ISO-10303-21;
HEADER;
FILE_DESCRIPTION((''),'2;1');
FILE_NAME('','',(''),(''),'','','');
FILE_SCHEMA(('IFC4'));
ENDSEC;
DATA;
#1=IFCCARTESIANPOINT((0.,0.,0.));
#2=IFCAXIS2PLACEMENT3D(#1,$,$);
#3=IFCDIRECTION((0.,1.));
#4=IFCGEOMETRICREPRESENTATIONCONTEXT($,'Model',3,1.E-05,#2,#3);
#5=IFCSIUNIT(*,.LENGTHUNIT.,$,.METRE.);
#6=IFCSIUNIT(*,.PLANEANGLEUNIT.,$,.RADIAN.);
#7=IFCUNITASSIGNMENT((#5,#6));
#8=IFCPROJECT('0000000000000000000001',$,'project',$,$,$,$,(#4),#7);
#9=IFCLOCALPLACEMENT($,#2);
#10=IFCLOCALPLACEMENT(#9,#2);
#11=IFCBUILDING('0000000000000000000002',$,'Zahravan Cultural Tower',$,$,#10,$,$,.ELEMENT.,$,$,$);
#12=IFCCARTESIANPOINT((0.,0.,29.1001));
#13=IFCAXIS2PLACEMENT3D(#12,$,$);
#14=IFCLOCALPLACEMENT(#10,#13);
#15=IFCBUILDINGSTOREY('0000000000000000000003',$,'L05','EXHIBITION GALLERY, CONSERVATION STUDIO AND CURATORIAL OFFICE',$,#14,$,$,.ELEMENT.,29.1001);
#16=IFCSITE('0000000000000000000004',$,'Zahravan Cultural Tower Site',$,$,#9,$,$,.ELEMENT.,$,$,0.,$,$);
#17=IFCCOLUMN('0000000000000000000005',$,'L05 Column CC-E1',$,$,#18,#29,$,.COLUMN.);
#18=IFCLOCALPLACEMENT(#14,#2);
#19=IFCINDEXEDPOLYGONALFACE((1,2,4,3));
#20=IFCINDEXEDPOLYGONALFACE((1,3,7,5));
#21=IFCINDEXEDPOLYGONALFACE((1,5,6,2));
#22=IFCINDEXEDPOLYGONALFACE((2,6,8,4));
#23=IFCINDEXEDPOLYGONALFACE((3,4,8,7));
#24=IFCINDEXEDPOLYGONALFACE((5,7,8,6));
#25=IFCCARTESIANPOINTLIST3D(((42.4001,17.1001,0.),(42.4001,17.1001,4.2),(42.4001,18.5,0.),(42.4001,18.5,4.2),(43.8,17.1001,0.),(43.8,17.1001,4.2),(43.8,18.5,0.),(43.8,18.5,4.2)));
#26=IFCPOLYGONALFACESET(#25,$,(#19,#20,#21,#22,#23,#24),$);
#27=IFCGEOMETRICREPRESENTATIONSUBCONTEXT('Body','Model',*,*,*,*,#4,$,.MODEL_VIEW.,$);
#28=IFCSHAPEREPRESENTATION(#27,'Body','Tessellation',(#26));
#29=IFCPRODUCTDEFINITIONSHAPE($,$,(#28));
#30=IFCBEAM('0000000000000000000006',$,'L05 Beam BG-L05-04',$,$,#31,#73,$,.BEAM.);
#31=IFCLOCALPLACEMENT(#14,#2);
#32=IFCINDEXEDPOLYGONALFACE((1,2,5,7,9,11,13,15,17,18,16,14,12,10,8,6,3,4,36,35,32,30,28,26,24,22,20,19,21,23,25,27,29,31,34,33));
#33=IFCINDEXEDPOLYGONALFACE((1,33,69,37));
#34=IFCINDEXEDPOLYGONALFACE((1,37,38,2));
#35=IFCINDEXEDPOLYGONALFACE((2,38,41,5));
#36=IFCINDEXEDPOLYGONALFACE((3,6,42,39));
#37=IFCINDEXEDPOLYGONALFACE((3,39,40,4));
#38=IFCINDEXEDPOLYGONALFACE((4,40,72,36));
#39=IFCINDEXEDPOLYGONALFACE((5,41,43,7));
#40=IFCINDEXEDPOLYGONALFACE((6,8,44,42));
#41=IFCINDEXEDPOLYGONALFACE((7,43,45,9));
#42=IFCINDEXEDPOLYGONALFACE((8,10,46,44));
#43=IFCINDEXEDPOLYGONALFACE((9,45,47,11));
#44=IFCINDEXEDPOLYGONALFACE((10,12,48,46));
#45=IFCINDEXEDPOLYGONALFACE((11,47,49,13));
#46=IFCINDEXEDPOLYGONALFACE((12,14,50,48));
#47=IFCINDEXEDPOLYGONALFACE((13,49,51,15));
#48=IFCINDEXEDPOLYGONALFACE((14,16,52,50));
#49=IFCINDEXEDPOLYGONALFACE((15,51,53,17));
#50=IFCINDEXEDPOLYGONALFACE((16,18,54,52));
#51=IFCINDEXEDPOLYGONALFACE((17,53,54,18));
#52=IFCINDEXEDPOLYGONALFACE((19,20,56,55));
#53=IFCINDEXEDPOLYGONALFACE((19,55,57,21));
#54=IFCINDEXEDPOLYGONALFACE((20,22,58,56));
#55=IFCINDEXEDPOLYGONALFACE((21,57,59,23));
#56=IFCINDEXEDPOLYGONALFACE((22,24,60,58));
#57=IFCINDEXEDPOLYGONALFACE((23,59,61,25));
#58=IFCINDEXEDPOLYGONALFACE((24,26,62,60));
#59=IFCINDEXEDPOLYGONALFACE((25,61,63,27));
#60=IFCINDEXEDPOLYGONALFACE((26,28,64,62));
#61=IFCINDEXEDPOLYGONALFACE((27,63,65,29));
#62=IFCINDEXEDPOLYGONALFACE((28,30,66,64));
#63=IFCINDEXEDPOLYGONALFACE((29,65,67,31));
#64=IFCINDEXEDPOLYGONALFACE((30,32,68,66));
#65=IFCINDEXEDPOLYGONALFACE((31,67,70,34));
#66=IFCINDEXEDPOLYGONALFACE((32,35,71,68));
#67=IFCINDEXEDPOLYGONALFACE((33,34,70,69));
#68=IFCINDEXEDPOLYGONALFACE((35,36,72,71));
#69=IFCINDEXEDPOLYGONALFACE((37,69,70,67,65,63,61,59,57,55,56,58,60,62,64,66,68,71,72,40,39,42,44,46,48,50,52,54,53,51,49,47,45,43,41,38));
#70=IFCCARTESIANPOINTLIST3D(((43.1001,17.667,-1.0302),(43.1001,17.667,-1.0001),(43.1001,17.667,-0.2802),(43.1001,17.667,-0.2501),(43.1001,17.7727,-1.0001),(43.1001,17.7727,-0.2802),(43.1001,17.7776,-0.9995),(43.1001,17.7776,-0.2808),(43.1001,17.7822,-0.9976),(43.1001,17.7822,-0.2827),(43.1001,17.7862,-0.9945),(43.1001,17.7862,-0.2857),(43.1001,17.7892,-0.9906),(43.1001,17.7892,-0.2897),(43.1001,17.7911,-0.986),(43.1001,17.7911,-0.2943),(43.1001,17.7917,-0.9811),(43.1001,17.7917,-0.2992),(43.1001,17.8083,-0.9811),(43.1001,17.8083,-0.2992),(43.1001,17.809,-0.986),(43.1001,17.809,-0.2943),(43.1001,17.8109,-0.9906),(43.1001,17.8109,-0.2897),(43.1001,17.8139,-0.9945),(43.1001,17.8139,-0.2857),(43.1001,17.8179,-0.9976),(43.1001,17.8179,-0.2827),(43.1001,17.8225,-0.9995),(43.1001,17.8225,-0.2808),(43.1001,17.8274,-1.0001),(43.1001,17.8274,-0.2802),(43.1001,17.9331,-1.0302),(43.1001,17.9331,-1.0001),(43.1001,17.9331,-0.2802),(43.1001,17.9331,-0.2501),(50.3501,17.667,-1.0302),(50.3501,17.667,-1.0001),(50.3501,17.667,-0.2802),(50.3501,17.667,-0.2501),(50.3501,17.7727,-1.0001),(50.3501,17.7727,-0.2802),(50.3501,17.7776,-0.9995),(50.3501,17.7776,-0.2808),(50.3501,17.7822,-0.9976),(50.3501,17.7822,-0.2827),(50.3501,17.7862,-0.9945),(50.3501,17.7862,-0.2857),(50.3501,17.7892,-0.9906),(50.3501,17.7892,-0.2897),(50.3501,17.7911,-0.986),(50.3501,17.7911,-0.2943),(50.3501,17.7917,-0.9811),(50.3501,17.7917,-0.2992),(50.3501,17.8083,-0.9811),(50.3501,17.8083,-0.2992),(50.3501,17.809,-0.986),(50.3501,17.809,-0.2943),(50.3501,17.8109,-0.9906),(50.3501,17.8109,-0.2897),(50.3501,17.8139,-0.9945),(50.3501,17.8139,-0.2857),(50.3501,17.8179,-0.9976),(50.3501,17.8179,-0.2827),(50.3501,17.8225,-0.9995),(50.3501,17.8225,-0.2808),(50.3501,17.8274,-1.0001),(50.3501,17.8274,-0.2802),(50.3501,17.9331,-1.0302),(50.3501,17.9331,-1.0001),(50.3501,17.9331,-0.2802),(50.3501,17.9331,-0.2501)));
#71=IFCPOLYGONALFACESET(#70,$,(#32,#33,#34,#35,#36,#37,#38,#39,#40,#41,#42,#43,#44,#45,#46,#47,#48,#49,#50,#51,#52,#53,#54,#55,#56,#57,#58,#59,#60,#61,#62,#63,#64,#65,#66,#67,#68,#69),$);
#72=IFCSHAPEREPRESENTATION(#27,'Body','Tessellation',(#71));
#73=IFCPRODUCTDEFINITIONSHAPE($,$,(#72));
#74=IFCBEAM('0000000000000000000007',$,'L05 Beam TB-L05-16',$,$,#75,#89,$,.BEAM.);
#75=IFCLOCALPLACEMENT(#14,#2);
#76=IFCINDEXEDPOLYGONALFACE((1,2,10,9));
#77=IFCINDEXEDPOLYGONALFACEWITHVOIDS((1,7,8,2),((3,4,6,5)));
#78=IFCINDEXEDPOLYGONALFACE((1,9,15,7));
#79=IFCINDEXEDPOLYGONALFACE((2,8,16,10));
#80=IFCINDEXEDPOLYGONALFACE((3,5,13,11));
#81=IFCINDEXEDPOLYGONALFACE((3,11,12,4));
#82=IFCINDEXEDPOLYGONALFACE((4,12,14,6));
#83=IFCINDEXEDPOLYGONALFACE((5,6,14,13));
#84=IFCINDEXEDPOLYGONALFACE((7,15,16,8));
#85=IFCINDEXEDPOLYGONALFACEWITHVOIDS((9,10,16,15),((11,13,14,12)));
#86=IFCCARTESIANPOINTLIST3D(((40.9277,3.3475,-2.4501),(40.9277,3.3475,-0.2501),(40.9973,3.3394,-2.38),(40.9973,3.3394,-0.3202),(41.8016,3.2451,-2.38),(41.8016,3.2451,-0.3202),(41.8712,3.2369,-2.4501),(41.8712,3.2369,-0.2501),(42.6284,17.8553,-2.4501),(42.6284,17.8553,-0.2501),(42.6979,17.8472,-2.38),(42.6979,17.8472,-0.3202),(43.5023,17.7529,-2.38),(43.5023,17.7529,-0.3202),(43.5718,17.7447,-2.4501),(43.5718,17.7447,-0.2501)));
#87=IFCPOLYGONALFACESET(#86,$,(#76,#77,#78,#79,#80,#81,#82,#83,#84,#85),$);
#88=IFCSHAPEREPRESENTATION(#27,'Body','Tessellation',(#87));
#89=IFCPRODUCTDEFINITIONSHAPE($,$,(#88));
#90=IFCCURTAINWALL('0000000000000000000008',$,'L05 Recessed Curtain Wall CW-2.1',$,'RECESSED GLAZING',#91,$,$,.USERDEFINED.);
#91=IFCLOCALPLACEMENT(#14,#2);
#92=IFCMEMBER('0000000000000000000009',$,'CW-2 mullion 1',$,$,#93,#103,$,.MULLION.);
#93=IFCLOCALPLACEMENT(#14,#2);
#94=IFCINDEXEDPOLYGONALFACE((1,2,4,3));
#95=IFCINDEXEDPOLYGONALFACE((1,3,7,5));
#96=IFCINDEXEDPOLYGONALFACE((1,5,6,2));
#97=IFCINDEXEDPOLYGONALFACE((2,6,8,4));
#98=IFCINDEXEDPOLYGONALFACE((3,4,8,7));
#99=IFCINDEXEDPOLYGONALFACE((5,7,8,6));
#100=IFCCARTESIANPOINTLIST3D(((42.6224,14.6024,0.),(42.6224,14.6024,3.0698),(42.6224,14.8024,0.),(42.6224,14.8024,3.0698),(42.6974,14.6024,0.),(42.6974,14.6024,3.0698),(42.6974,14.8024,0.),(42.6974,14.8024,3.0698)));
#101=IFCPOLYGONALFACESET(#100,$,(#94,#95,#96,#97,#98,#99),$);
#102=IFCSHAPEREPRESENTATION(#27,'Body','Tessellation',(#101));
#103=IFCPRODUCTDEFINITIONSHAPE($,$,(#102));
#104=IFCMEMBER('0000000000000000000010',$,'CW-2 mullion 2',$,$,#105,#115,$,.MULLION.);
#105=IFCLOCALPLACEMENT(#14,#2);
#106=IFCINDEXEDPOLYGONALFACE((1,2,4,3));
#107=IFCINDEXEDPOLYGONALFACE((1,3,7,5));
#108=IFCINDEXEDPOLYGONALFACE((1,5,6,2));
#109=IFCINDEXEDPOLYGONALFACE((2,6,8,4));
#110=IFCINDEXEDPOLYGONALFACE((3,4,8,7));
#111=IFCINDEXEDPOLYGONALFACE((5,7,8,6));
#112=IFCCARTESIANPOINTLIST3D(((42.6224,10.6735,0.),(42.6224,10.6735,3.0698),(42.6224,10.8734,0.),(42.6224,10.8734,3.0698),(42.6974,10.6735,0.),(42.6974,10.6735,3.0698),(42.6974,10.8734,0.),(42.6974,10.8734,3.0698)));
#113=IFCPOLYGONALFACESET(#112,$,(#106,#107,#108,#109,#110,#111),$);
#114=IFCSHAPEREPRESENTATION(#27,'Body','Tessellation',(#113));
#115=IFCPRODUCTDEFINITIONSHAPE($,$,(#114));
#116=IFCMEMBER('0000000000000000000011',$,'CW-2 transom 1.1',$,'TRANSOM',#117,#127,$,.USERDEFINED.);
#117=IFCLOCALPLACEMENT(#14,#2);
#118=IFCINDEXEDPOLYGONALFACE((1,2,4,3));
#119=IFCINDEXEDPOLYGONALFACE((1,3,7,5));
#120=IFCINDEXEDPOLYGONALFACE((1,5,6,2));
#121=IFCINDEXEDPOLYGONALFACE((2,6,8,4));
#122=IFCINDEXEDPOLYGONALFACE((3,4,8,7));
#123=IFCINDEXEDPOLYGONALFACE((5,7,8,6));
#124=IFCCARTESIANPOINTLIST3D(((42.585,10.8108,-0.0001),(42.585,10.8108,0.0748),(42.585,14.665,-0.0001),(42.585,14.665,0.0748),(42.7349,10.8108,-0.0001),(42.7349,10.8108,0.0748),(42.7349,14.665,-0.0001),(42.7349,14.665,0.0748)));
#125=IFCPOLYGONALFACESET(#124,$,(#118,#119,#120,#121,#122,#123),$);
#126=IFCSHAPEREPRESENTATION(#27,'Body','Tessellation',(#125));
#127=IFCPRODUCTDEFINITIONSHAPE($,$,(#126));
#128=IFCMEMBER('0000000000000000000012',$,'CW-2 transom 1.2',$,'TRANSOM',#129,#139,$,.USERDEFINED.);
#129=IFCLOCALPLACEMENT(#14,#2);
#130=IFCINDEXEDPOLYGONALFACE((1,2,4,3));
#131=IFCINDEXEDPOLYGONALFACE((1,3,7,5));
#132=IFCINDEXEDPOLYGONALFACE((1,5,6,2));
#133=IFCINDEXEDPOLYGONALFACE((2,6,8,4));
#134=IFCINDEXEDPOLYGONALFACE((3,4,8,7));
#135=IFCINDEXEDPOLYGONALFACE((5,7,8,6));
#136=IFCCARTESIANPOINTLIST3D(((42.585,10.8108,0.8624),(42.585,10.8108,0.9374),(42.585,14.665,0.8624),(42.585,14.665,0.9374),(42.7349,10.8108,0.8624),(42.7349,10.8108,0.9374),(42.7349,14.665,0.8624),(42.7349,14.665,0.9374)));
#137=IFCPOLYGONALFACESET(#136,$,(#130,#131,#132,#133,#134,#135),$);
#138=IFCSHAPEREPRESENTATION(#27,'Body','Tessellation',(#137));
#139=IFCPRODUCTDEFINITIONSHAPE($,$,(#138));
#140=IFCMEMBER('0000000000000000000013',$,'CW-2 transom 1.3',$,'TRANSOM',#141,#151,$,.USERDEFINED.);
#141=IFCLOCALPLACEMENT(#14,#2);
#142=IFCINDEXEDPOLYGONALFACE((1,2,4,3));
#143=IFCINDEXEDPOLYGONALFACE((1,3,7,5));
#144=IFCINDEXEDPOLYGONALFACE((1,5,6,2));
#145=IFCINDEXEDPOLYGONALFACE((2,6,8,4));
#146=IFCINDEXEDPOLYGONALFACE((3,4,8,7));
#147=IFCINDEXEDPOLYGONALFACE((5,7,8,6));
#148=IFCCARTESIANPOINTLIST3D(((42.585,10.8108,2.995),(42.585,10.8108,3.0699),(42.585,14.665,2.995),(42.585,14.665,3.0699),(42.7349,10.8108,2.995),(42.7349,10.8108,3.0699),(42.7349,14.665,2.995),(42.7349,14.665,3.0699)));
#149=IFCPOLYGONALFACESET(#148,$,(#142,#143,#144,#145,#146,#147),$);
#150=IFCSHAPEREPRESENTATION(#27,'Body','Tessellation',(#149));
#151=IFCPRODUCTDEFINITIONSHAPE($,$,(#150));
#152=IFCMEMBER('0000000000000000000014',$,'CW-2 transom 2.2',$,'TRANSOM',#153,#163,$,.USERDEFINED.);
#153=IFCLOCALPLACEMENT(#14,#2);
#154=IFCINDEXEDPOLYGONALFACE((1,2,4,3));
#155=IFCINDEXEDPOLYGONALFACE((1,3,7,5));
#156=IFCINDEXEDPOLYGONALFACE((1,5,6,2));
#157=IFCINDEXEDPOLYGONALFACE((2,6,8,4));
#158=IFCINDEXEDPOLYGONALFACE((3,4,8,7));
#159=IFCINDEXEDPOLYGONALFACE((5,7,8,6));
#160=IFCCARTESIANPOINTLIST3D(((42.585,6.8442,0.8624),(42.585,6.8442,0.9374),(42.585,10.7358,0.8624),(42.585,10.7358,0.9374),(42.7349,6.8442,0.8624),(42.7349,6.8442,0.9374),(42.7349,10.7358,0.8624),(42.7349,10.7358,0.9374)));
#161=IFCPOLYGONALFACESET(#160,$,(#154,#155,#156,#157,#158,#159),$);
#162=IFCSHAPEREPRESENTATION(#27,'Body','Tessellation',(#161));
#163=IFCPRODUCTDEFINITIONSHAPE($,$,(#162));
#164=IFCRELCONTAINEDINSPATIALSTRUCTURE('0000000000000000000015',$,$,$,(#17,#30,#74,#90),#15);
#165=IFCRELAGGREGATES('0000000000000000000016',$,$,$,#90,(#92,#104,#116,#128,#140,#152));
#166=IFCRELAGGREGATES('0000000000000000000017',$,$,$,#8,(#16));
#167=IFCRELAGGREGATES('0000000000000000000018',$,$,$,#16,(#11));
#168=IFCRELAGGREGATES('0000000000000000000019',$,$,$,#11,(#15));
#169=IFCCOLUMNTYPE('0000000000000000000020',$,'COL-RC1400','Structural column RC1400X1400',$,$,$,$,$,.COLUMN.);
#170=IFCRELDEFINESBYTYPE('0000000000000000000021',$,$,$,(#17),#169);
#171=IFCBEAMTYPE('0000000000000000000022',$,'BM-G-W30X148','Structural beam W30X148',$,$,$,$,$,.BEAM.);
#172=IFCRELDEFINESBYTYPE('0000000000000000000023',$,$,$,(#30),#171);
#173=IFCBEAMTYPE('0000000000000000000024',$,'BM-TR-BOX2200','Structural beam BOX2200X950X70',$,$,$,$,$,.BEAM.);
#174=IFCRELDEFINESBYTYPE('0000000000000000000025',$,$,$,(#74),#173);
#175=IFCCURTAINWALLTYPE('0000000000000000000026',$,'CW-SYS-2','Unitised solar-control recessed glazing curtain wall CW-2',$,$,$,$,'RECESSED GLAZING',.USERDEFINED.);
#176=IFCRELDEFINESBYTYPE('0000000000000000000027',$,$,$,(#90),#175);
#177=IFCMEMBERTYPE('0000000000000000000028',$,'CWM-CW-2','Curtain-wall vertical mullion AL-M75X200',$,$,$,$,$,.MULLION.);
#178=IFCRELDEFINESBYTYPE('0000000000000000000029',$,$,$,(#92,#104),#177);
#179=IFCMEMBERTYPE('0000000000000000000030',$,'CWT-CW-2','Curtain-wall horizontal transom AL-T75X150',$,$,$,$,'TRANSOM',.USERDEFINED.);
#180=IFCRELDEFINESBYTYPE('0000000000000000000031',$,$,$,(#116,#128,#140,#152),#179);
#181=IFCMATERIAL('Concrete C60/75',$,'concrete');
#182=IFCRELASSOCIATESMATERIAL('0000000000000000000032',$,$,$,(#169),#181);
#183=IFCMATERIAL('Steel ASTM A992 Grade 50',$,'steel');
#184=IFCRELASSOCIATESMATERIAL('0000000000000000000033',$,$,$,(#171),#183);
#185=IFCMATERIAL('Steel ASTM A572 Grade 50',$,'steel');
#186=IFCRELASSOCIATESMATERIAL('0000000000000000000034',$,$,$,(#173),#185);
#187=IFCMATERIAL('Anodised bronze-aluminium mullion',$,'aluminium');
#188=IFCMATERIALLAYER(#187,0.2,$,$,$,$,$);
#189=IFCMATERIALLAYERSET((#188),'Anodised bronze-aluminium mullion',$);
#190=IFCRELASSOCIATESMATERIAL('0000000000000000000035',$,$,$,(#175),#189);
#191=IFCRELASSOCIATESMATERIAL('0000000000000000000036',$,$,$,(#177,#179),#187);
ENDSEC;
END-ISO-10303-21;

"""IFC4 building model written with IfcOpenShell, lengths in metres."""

from ifc_helpers import new_model, si_unit, direction, frame, origin, origin_2d, place, context, subcontext, project, spatial, rectangle, hollow_rectangle, i_section, extrude, source, transform, mapped, material, layer, layer_set, material_profile, profile_set, type_object, element, aggregate, save


model = new_model("IFC4")

# Units and contexts
model_context = context("Model", 3, precision=1e-05, world=origin(), true_north=direction((0.0, 1.0)))
body_context = subcontext(model_context, "Body", "Model", "MODEL_VIEW")
ifc_project = project(units=[si_unit("LENGTHUNIT", "METRE"), si_unit("PLANEANGLEUNIT", "RADIAN")], contexts=[model_context])

# Site, building, storey
site_placement = place(None, origin())
site = spatial("IfcSite", under=ifc_project, at=site_placement, Name="Zahravan Cultural Tower Site", CompositionType="ELEMENT", RefElevation=0.0)
building_placement = place(site_placement, origin())
building = spatial("IfcBuilding", under=site, at=building_placement, Name="Zahravan Cultural Tower", CompositionType="ELEMENT")
storey_placement = place(building_placement, frame((0.0, 0.0, 29.1001)))
storey = spatial("IfcBuildingStorey", under=building, at=storey_placement, Name="L05", Description="EXHIBITION GALLERY, CONSERVATION STUDIO AND CURATORIAL OFFICE", CompositionType="ELEMENT", Elevation=29.1001)

# Column
ifc_material_1 = material(Name="Concrete C60/75", Category="concrete")
ifc_material_profile_1 = material_profile(ifc_material_1, rectangle(XDim=1.3999, YDim=1.3999, at=origin_2d()), Name="RC1400X1400")
ifc_profile_set_1 = profile_set([ifc_material_profile_1], Name="Concrete C60/75")
column_type = type_object("IfcColumnType", Name="COL-RC1400", Description="Structural column RC1400X1400", PredefinedType="COLUMN", material=ifc_profile_set_1)
shared_shape_1 = source(origin(), body_context, "Body", "SweptSolid", [
    extrude(rectangle(XDim=1.3999, YDim=1.3999, at=origin_2d()), origin(), (0.0, 0.0, 1.0), 4.2),
])
column_placement = place(storey_placement, frame((43.1001, 17.8, 0.0), z_axis=(0.0, 0.0, 1.0), x_axis=(1.0, 0.0, 0.0)))
element("IfcColumn", 1, at=column_placement, inside=storey, type_object=column_type, Name="L05 Column CC-E1", PredefinedType="COLUMN", context=body_context, shape_type="MappedRepresentation", body=[
    mapped(shared_shape_1, transform((0.0, 0.0, 0.0), x_axis=(1.0, 0.0, 0.0), y_axis=(0.0, 1.0, 0.0), z_axis=(0.0, 0.0, 1.0), scale=1.0)),
])

# Beams
ifc_material_2 = material(Name="Steel ASTM A992 Grade 50", Category="steel")
ifc_material_profile_2 = material_profile(ifc_material_2, i_section(OverallWidth=0.2661, OverallDepth=0.78, WebThickness=0.0166, FlangeThickness=0.03, FilletRadius=0.019, at=origin_2d()), Name="W30X148")
ifc_profile_set_2 = profile_set([ifc_material_profile_2], Name="Steel ASTM A992 Grade 50")
beam_type_1 = type_object("IfcBeamType", Name="BM-G-W30X148", Description="Structural beam W30X148", PredefinedType="BEAM", material=ifc_profile_set_2)
shared_shape_2 = source(origin(), body_context, "Body", "SweptSolid", [
    extrude(i_section(OverallWidth=0.2661, OverallDepth=0.78, WebThickness=0.0166, FlangeThickness=0.03, FilletRadius=0.019, at=origin_2d()), origin(), (0.0, 0.0, 1.0), 7.25),
])
beam_1_placement = place(storey_placement, frame((43.1001, 17.8, -0.6401), z_axis=(1.0, 0.0, 0.0), x_axis=(0.0, 1.0, 0.0)))
element("IfcBeam", 2, at=beam_1_placement, inside=storey, type_object=beam_type_1, Name="L05 Beam BG-L05-04", PredefinedType="BEAM", context=body_context, shape_type="MappedRepresentation", body=[
    mapped(shared_shape_2, transform((0.0, 0.0, 0.0), x_axis=(1.0, 0.0, 0.0), y_axis=(0.0, 1.0, 0.0), z_axis=(0.0, 0.0, 1.0), scale=1.0)),
])
ifc_material_3 = material(Name="Steel ASTM A572 Grade 50", Category="steel")
ifc_material_profile_3 = material_profile(ifc_material_3, hollow_rectangle(XDim=0.95, YDim=2.2, WallThickness=0.0701, at=origin_2d()), Name="BOX2200X950X70")
ifc_profile_set_3 = profile_set([ifc_material_profile_3], Name="Steel ASTM A572 Grade 50")
beam_type_2 = type_object("IfcBeamType", Name="BM-TR-BOX2200", Description="Structural beam BOX2200X950X70", PredefinedType="BEAM", material=ifc_profile_set_3)
shared_shape_3 = source(origin(), body_context, "Body", "SweptSolid", [
    extrude(hollow_rectangle(XDim=0.95, YDim=2.2, WallThickness=0.0701, at=origin_2d()), origin(), (0.0, 0.0, 1.0), 14.6072),
])
beam_2_placement = place(storey_placement, frame((43.1001, 17.8, -1.3501), z_axis=(-0.116428, -0.993199, 0.0), x_axis=(0.993199, -0.116428, 0.0)))
element("IfcBeam", 3, at=beam_2_placement, inside=storey, type_object=beam_type_2, Name="L05 Beam TB-L05-16", PredefinedType="BEAM", context=body_context, shape_type="MappedRepresentation", body=[
    mapped(shared_shape_3, transform((0.0, 0.0, 0.0), x_axis=(1.0, 0.0, 0.0), y_axis=(0.0, 1.0, 0.0), z_axis=(0.0, 0.0, 1.0), scale=1.0)),
])

# Curtain wall, members
ifc_material_4 = material(Name="Anodised bronze-aluminium mullion", Category="aluminium")
ifc_layer_1 = layer(ifc_material_4, 0.2)
ifc_layer_set_1 = layer_set([ifc_layer_1], Name="Anodised bronze-aluminium mullion")
curtain_wall_type = type_object("IfcCurtainWallType", Name="CW-SYS-2", Description="Unitised solar-control recessed glazing curtain wall CW-2", ElementType="RECESSED GLAZING", PredefinedType="USERDEFINED", material=ifc_layer_set_1)
curtain_wall_placement = place(storey_placement, origin())
curtain_wall = element("IfcCurtainWall", 4, at=curtain_wall_placement, inside=storey, type_object=curtain_wall_type, Name="L05 Recessed Curtain Wall CW-2.1", ObjectType="RECESSED GLAZING", PredefinedType="USERDEFINED")
ifc_material_profile_4 = material_profile(ifc_material_4, rectangle(XDim=0.075, YDim=0.2, at=origin_2d()), Name="AL-M75X200")
ifc_profile_set_4 = profile_set([ifc_material_profile_4], Name="Anodised bronze-aluminium mullion")
member_type_1 = type_object("IfcMemberType", Name="CWM-CW-2", Description="Curtain-wall vertical mullion AL-M75X200", PredefinedType="MULLION", material=ifc_profile_set_4)
shared_shape_4 = source(origin(), body_context, "Body", "SweptSolid", [
    extrude(rectangle(XDim=0.075, YDim=0.2, at=origin_2d()), origin(), (0.0, 0.0, 1.0), 3.0698),
])
member_1_placement = place(storey_placement, frame((42.6599, 14.7024, 0.0), z_axis=(0.0, 0.0, 1.0), x_axis=(1.0, 0.0, 0.0)))
member_1 = element("IfcMember", 5, at=member_1_placement, type_object=member_type_1, Name="CW-2 mullion 1", PredefinedType="MULLION", context=body_context, shape_type="MappedRepresentation", body=[
    mapped(shared_shape_4, transform((0.0, 0.0, 0.0), x_axis=(1.0, 0.0, 0.0), y_axis=(0.0, 1.0, 0.0), z_axis=(0.0, 0.0, 1.0), scale=1.0)),
])
member_2_placement = place(storey_placement, frame((42.6599, 10.7734, 0.0), z_axis=(0.0, 0.0, 1.0), x_axis=(1.0, 0.0, 0.0)))
member_2 = element("IfcMember", 6, at=member_2_placement, type_object=member_type_1, Name="CW-2 mullion 2", PredefinedType="MULLION", context=body_context, shape_type="MappedRepresentation", body=[
    mapped(shared_shape_4, transform((0.0, 0.0, 0.0), x_axis=(1.0, 0.0, 0.0), y_axis=(0.0, 1.0, 0.0), z_axis=(0.0, 0.0, 1.0), scale=1.0)),
])
ifc_material_profile_5 = material_profile(ifc_material_4, rectangle(XDim=0.1499, YDim=0.075, at=origin_2d()), Name="AL-T75X150")
ifc_profile_set_5 = profile_set([ifc_material_profile_5], Name="Anodised bronze-aluminium mullion")
member_type_2 = type_object("IfcMemberType", Name="CWT-CW-2", Description="Curtain-wall horizontal transom AL-T75X150", ElementType="TRANSOM", PredefinedType="USERDEFINED", material=ifc_profile_set_5)
shared_shape_5 = source(origin(), body_context, "Body", "SweptSolid", [
    extrude(rectangle(XDim=0.1499, YDim=0.075, at=origin_2d()), origin(), (0.0, 0.0, 1.0), 3.8542),
])
member_3_placement = place(storey_placement, frame((42.6599, 14.665, 0.0374), z_axis=(0.0, -1.0, 0.0), x_axis=(1.0, 0.0, 0.0)))
member_3 = element("IfcMember", 7, at=member_3_placement, type_object=member_type_2, Name="CW-2 transom 1.1", ObjectType="TRANSOM", PredefinedType="USERDEFINED", context=body_context, shape_type="MappedRepresentation", body=[
    mapped(shared_shape_5, transform((0.0, 0.0, 0.0), x_axis=(1.0, 0.0, 0.0), y_axis=(0.0, 1.0, 0.0), z_axis=(0.0, 0.0, 1.0), scale=1.0)),
])
member_4_placement = place(storey_placement, frame((42.6599, 14.665, 0.8999), z_axis=(0.0, -1.0, 0.0), x_axis=(1.0, 0.0, 0.0)))
member_4 = element("IfcMember", 8, at=member_4_placement, type_object=member_type_2, Name="CW-2 transom 1.2", ObjectType="TRANSOM", PredefinedType="USERDEFINED", context=body_context, shape_type="MappedRepresentation", body=[
    mapped(shared_shape_5, transform((0.0, 0.0, 0.0), x_axis=(1.0, 0.0, 0.0), y_axis=(0.0, 1.0, 0.0), z_axis=(0.0, 0.0, 1.0), scale=1.0)),
])
member_5_placement = place(storey_placement, frame((42.6599, 14.665, 3.0325), z_axis=(0.0, -1.0, 0.0), x_axis=(1.0, 0.0, 0.0)))
member_5 = element("IfcMember", 9, at=member_5_placement, type_object=member_type_2, Name="CW-2 transom 1.3", ObjectType="TRANSOM", PredefinedType="USERDEFINED", context=body_context, shape_type="MappedRepresentation", body=[
    mapped(shared_shape_5, transform((0.0, 0.0, 0.0), x_axis=(1.0, 0.0, 0.0), y_axis=(0.0, 1.0, 0.0), z_axis=(0.0, 0.0, 1.0), scale=1.0)),
])
shared_shape_6 = source(origin(), body_context, "Body", "SweptSolid", [
    extrude(rectangle(XDim=0.1499, YDim=0.075, at=origin_2d()), origin(), (0.0, 0.0, 1.0), 3.8916),
])
member_6_placement = place(storey_placement, frame((42.6599, 10.7358, 0.8999), z_axis=(0.0, -1.0, 0.0), x_axis=(1.0, 0.0, 0.0)))
member_6 = element("IfcMember", 10, at=member_6_placement, type_object=member_type_2, Name="CW-2 transom 2.2", ObjectType="TRANSOM", PredefinedType="USERDEFINED", context=body_context, shape_type="MappedRepresentation", body=[
    mapped(shared_shape_6, transform((0.0, 0.0, 0.0), x_axis=(1.0, 0.0, 0.0), y_axis=(0.0, 1.0, 0.0), z_axis=(0.0, 0.0, 1.0), scale=1.0)),
])
aggregate(curtain_wall, [member_1, member_2, member_3, member_4, member_5, member_6])

save(model, "model.ifc")
